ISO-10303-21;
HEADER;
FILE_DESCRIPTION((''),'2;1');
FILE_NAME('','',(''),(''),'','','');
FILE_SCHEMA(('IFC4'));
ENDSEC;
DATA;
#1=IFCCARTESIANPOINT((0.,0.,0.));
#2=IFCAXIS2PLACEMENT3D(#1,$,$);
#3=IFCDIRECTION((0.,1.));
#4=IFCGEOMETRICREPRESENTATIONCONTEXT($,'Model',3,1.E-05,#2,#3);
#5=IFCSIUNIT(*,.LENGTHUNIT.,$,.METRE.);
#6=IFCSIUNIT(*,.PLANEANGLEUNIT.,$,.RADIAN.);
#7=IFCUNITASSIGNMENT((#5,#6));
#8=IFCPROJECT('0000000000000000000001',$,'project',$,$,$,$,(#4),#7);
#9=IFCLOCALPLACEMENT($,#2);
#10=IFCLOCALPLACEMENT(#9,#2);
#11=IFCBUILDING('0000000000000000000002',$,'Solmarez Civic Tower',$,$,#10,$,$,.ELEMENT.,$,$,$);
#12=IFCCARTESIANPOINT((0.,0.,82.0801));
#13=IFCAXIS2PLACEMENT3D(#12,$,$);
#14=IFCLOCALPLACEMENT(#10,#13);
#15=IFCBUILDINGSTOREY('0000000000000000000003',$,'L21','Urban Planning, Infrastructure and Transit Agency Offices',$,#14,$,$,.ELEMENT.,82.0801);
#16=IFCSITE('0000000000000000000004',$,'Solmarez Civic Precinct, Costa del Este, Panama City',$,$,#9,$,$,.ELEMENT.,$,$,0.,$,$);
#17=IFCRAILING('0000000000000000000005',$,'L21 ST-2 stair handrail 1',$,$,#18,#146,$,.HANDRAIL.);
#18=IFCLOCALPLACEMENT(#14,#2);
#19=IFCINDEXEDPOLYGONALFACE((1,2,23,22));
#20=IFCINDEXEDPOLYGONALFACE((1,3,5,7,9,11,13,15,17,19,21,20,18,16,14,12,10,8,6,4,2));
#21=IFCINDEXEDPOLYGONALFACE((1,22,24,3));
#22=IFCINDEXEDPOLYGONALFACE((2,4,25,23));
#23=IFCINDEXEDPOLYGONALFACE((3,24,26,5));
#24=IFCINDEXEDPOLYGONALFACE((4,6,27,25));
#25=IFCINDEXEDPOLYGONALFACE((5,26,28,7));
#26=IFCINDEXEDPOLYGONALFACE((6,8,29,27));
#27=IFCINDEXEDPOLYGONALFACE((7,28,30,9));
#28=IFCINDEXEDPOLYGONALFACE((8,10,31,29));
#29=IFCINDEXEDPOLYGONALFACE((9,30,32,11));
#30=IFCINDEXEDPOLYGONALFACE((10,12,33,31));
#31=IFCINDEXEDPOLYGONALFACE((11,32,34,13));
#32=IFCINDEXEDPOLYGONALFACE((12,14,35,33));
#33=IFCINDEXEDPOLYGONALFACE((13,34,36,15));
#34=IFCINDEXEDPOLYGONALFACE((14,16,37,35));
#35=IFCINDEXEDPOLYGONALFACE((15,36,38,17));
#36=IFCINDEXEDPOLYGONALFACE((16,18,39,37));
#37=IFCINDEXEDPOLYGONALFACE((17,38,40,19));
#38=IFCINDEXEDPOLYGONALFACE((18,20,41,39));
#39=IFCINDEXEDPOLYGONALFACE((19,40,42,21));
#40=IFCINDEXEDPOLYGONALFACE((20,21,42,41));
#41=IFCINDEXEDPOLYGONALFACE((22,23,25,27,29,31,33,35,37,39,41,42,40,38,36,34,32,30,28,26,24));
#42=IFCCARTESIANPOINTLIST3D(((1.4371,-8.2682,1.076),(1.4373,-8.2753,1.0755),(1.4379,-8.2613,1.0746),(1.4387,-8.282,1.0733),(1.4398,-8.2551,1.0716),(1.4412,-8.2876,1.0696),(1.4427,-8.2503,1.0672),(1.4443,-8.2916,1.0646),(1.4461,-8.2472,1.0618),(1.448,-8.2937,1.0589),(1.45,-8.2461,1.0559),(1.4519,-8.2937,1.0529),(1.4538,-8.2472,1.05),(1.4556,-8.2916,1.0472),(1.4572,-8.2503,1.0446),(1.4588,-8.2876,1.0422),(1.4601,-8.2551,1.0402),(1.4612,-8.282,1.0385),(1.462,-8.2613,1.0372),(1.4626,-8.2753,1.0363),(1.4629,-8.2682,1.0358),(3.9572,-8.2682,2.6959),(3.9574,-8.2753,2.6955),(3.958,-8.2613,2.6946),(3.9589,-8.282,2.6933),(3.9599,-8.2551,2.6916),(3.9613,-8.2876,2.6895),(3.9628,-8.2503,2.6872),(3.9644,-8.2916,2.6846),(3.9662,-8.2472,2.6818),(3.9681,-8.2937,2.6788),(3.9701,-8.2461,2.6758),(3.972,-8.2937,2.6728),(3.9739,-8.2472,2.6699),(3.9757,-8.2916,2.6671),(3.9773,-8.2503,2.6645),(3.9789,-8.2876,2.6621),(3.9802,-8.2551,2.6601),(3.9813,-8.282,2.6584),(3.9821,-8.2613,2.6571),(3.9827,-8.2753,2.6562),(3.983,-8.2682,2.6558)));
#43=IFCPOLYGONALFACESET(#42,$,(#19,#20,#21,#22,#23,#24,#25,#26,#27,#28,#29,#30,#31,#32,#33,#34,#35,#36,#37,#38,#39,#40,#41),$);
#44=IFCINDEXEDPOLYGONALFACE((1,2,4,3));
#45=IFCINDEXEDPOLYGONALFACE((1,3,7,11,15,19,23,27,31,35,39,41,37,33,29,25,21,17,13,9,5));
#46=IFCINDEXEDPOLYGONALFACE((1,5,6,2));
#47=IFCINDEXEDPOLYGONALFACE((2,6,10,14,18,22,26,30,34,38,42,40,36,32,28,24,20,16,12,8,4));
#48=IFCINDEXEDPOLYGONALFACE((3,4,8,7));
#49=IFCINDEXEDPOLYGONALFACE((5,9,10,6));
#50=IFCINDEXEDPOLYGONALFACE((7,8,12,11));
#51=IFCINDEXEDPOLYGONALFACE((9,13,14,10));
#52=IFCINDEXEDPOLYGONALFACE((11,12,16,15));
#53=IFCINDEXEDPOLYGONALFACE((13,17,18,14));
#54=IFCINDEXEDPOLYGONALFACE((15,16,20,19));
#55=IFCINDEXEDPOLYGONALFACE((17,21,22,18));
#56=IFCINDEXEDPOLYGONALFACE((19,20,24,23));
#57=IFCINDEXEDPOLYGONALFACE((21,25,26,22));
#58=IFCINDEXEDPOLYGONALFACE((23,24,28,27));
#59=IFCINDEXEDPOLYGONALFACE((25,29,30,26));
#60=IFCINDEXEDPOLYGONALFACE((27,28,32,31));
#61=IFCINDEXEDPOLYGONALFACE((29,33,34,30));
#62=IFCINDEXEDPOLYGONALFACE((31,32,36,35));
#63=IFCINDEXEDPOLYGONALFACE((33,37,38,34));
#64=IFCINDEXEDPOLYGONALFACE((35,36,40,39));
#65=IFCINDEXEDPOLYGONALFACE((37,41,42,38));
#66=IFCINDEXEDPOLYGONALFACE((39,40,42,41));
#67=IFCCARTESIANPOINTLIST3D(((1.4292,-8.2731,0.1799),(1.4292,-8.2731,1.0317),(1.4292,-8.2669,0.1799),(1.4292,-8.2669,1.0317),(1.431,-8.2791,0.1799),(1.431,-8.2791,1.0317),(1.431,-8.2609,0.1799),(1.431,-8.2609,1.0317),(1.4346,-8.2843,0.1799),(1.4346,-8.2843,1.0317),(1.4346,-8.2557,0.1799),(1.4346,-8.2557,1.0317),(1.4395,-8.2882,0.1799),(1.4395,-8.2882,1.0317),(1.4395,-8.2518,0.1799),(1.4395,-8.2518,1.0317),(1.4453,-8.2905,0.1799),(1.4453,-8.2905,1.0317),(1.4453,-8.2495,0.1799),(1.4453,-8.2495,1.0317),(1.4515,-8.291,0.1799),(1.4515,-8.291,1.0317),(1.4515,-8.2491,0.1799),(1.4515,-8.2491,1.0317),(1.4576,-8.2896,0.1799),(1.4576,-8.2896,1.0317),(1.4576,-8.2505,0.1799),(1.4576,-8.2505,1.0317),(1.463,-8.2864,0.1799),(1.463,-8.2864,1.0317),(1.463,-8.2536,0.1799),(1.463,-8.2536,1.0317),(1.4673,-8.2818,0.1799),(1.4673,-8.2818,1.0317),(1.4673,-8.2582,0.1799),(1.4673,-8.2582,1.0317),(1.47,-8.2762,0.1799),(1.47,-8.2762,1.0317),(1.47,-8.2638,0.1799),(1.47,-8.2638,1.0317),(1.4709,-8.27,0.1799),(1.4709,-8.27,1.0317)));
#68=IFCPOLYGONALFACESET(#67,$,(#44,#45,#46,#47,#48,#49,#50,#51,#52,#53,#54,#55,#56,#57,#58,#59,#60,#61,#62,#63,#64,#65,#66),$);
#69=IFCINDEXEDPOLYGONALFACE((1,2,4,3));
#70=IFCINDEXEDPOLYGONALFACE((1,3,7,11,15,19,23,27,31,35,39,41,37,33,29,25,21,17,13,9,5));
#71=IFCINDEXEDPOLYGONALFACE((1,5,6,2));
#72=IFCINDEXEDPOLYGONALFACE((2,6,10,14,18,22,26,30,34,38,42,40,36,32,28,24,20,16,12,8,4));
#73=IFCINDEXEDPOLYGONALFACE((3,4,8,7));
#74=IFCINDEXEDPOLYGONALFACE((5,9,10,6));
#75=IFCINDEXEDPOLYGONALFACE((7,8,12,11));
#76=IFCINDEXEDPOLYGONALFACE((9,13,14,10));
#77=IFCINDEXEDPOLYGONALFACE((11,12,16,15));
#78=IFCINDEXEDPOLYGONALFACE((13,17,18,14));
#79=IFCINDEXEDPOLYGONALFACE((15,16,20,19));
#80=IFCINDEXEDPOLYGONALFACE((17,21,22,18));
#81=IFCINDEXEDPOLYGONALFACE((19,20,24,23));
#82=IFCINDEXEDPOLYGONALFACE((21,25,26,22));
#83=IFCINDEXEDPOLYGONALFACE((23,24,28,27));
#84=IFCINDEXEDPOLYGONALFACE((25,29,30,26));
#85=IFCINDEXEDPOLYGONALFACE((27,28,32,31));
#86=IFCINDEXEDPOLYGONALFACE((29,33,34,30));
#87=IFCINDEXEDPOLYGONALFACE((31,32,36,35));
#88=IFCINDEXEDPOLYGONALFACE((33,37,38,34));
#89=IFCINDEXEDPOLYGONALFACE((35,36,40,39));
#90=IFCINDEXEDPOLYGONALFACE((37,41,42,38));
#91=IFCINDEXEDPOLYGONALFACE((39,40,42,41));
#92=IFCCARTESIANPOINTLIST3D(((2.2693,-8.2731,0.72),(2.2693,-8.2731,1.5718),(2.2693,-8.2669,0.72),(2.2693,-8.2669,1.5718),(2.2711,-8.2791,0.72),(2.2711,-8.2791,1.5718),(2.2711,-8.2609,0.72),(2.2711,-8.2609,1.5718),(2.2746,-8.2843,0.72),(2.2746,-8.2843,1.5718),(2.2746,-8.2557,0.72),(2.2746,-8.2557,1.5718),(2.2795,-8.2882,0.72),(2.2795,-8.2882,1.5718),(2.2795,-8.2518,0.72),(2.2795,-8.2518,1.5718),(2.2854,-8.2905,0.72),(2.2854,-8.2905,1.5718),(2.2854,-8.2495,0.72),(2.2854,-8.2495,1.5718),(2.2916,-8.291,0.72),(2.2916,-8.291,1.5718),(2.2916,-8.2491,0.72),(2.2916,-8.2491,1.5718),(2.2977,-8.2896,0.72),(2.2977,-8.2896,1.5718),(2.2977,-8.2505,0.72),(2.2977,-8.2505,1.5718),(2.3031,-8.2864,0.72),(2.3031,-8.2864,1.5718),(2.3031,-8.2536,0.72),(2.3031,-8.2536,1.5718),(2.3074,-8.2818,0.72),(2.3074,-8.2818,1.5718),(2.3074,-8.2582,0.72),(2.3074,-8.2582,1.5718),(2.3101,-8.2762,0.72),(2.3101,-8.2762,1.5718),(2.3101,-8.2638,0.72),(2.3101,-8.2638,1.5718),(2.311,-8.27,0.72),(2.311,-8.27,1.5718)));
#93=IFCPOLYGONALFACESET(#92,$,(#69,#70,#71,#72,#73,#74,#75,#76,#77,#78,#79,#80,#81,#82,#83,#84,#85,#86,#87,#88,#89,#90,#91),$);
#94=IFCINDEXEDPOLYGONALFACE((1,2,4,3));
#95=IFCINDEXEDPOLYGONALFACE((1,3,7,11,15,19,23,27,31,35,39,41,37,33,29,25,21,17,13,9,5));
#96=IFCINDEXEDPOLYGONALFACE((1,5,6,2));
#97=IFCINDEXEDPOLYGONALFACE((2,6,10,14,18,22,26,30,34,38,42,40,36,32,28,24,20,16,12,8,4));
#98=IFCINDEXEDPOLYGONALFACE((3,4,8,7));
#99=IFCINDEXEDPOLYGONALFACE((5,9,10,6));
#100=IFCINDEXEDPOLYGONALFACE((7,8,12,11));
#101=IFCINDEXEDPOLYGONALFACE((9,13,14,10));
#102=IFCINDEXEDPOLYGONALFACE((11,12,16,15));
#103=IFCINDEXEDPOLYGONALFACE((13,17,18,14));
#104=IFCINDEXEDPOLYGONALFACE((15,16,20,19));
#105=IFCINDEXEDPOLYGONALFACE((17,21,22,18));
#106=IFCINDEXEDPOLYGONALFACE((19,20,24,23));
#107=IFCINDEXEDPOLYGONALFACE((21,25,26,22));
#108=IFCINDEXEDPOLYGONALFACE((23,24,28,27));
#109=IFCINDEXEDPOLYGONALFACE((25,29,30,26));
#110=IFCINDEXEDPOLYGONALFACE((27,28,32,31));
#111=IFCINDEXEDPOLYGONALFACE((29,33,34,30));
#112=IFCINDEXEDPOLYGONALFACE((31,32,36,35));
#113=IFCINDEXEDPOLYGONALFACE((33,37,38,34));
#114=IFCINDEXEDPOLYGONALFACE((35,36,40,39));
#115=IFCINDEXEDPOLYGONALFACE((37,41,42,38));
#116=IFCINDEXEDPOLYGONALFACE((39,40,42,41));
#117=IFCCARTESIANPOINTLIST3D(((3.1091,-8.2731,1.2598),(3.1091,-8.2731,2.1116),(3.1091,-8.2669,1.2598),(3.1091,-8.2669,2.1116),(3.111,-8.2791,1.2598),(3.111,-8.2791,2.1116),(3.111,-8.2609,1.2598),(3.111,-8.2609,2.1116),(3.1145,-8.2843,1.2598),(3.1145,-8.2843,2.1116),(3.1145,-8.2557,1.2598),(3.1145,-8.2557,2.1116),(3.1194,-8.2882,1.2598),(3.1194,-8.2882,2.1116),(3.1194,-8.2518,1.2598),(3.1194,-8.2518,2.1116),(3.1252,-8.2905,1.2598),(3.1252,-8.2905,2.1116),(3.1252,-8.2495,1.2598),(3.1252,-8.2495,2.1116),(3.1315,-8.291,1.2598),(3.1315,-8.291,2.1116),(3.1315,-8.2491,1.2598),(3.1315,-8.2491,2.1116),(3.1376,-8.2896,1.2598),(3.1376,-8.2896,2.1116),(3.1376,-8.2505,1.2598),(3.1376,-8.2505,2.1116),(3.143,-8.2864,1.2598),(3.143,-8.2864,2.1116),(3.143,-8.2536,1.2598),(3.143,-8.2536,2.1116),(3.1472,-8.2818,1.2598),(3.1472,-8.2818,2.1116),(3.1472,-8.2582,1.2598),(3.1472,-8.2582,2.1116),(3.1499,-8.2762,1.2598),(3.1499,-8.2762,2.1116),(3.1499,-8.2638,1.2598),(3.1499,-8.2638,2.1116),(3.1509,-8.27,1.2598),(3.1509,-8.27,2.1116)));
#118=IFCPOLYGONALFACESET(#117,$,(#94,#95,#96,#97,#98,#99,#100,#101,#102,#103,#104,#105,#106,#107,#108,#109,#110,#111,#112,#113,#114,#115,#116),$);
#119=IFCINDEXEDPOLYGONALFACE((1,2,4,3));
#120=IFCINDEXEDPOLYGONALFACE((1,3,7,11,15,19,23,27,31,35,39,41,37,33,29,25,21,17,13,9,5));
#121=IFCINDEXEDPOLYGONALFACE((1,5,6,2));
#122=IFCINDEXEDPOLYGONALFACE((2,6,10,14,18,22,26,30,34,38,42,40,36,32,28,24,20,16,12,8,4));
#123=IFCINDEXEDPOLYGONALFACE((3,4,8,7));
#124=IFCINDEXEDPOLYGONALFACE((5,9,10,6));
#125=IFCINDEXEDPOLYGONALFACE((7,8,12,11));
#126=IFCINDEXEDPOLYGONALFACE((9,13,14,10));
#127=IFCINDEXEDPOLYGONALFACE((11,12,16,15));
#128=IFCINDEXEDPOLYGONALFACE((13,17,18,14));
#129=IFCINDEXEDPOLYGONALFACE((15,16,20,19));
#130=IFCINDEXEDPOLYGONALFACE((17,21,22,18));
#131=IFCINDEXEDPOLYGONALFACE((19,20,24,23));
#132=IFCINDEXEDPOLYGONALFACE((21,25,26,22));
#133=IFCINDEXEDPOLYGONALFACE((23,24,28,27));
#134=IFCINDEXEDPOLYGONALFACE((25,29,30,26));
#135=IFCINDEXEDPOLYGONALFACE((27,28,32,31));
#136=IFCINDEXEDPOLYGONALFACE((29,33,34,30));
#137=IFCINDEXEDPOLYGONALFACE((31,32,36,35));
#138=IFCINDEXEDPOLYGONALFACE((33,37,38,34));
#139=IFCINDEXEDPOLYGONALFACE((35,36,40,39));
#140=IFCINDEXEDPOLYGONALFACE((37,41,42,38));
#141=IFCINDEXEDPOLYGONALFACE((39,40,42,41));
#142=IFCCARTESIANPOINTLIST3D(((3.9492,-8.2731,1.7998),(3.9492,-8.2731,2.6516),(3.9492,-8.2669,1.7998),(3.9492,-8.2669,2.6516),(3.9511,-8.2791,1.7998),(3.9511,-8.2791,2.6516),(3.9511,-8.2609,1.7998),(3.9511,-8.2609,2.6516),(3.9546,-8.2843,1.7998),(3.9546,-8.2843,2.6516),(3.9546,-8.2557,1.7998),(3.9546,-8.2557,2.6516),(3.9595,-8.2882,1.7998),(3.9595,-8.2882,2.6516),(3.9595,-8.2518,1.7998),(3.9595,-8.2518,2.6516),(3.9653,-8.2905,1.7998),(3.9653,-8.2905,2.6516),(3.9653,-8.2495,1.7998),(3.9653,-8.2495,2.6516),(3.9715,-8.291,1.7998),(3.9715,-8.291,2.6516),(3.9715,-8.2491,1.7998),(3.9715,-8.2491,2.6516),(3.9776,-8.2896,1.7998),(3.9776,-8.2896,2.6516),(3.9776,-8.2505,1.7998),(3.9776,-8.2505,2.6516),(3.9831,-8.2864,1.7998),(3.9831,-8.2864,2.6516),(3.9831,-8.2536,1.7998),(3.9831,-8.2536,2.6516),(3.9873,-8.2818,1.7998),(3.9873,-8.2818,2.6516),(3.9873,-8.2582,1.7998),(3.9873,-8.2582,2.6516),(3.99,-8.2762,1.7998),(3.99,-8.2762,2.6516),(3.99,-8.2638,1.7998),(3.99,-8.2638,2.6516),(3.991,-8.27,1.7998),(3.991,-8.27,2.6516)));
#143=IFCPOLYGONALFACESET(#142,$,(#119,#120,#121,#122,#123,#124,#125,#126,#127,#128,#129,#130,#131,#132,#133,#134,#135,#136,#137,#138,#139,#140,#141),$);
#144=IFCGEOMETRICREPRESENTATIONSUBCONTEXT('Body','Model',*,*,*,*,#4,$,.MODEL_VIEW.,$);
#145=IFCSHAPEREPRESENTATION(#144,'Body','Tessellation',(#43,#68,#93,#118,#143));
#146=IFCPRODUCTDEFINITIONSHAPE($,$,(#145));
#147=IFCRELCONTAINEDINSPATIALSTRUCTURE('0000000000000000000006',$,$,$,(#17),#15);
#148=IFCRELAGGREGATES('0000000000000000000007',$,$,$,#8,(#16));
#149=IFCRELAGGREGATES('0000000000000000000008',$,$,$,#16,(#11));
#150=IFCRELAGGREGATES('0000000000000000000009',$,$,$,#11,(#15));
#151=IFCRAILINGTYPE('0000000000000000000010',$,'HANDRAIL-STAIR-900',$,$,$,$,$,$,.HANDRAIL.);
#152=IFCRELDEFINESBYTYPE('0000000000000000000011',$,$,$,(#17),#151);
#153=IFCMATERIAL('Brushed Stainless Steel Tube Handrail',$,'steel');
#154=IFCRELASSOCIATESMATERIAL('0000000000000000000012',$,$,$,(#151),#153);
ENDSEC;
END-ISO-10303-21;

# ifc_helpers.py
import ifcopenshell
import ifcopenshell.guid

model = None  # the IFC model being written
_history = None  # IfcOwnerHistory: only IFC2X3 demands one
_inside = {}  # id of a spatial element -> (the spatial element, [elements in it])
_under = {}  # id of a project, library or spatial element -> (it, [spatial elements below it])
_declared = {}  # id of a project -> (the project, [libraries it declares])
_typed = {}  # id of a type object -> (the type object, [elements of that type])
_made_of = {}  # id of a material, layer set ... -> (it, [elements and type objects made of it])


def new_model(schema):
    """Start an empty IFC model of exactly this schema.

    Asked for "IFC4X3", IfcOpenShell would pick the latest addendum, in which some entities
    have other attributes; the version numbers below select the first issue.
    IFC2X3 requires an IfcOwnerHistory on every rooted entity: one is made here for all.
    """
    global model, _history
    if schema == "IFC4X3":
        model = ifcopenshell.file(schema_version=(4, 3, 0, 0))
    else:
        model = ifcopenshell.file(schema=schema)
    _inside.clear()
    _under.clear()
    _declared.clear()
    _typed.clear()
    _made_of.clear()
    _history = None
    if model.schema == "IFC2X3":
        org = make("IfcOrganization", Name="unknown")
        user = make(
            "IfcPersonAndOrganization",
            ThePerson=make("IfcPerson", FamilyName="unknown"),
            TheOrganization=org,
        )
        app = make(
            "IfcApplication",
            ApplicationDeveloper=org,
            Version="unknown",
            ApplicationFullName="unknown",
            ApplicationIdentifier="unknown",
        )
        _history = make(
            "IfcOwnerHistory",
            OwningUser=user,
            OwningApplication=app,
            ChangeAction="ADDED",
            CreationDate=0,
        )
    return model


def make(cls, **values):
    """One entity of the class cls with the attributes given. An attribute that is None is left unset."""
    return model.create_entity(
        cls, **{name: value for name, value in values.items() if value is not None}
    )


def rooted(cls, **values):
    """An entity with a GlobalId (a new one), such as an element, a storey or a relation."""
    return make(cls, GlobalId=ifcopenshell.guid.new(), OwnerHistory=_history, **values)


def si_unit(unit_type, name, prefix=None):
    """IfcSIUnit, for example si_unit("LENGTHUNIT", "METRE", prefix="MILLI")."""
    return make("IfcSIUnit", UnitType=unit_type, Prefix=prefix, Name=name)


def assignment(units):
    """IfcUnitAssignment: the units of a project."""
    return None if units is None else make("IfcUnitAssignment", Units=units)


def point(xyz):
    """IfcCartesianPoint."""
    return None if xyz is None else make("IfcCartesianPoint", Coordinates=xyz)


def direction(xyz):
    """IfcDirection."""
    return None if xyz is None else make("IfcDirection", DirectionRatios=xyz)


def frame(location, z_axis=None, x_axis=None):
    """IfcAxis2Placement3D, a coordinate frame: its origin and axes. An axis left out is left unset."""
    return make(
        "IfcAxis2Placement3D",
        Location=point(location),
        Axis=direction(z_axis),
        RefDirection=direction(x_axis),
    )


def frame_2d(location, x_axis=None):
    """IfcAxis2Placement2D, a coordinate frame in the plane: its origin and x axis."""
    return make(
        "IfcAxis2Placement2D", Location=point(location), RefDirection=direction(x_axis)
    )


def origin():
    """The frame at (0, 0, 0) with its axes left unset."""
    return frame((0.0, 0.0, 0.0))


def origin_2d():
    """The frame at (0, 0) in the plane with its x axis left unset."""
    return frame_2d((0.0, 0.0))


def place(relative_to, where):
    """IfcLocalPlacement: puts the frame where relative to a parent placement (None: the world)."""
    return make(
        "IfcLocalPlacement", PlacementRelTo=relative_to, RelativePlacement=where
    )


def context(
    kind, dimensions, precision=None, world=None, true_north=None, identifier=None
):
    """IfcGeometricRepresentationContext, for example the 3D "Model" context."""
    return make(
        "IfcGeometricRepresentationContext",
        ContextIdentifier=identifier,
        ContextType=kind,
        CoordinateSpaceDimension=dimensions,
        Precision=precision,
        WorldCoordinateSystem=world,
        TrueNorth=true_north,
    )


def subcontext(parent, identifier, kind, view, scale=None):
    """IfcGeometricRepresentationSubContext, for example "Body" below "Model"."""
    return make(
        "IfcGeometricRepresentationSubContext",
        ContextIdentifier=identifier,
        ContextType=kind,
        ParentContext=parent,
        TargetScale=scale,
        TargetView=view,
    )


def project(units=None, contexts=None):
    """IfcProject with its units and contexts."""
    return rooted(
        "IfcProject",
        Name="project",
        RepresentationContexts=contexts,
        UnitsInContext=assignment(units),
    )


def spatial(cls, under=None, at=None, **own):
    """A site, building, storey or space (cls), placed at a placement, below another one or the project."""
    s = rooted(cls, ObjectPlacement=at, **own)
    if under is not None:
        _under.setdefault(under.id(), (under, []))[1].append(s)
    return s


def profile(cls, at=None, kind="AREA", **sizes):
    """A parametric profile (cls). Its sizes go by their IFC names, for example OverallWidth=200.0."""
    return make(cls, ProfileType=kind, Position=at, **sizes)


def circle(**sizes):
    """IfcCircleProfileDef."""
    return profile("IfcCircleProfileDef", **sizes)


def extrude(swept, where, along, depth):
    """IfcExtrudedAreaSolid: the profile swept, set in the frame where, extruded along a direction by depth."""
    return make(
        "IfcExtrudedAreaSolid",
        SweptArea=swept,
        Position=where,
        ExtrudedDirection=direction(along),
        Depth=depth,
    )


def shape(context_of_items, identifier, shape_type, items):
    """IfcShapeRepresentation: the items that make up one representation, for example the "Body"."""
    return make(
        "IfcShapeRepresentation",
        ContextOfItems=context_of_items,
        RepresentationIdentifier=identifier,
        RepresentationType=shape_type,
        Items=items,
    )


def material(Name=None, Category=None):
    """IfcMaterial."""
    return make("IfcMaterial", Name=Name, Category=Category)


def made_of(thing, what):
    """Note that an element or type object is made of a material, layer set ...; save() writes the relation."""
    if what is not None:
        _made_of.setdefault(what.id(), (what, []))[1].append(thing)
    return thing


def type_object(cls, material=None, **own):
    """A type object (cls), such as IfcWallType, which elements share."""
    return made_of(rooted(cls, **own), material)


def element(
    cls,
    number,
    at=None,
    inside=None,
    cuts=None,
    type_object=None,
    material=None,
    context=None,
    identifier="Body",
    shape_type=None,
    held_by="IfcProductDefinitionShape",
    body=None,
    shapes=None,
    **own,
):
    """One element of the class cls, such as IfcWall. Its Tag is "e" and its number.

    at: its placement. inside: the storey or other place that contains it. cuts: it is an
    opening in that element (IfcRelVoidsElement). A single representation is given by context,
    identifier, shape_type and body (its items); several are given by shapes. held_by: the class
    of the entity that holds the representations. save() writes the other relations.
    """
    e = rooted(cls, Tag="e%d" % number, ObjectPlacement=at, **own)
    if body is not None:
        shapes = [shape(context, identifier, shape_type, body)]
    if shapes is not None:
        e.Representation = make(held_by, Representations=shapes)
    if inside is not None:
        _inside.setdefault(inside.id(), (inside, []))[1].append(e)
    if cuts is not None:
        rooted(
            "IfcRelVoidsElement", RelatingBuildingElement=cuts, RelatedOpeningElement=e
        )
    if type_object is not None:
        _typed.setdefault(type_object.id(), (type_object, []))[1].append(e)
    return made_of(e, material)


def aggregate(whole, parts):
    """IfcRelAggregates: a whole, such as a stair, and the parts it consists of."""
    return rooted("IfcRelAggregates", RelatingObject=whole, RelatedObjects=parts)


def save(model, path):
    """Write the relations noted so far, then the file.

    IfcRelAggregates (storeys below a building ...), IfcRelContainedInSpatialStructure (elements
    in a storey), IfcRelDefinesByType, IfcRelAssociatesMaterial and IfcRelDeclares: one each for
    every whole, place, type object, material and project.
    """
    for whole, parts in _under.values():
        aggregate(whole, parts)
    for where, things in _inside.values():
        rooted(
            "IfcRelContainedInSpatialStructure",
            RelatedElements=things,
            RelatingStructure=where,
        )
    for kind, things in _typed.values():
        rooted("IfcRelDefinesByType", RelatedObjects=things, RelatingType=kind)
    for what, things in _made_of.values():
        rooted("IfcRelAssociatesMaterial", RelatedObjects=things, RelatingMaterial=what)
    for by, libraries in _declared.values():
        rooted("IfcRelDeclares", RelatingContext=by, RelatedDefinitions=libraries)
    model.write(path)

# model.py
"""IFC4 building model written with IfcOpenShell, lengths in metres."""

from ifc_helpers import new_model, si_unit, direction, frame, origin, origin_2d, place, context, subcontext, project, spatial, circle, extrude, material, type_object, element, save


model = new_model("IFC4")

# Units and contexts
model_context = context("Model", 3, precision=1e-05, world=origin(), true_north=direction((0.0, 1.0)))
body_context = subcontext(model_context, "Body", "Model", "MODEL_VIEW")
ifc_project = project(units=[si_unit("LENGTHUNIT", "METRE"), si_unit("PLANEANGLEUNIT", "RADIAN")], contexts=[model_context])

# Site, building, storey
site_placement = place(None, origin())
site = spatial("IfcSite", under=ifc_project, at=site_placement, Name="Solmarez Civic Precinct, Costa del Este, Panama City", CompositionType="ELEMENT", RefElevation=0.0)
building_placement = place(site_placement, origin())
building = spatial("IfcBuilding", under=site, at=building_placement, Name="Solmarez Civic Tower", CompositionType="ELEMENT")
storey_placement = place(building_placement, frame((0.0, 0.0, 82.0801)))
storey = spatial("IfcBuildingStorey", under=building, at=storey_placement, Name="L21", Description="Urban Planning, Infrastructure and Transit Agency Offices", CompositionType="ELEMENT", Elevation=82.0801)

# Railing
ifc_material_1 = material(Name="Brushed Stainless Steel Tube Handrail", Category="steel")
railing_type = type_object("IfcRailingType", Name="HANDRAIL-STAIR-900", PredefinedType="HANDRAIL", material=ifc_material_1)
railing_placement = place(storey_placement, frame((1.45, -8.27, 0.1799)))
element("IfcRailing", 1, at=railing_placement, inside=storey, type_object=railing_type, Name="L21 ST-2 stair handrail 1", PredefinedType="HANDRAIL", context=body_context, shape_type="SweptSolid", body=[
    extrude(circle(Radius=0.0239, at=origin_2d()), frame((0.0, 0.0, 0.876), z_axis=(0.8412, 0.0, 0.540725), x_axis=(0.0, 1.0, 0.0)), (0.0, 0.0, 1.0), 2.9958),
    extrude(circle(Radius=0.021, at=origin_2d()), origin(), (0.0, 0.0, 1.0), 0.8518),
    extrude(circle(Radius=0.021, at=origin_2d()), frame((0.8401, 0.0, 0.54)), (0.0, 0.0, 1.0), 0.8518),
    extrude(circle(Radius=0.021, at=origin_2d()), frame((1.6799, 0.0, 1.0798)), (0.0, 0.0, 1.0), 0.8518),
    extrude(circle(Radius=0.021, at=origin_2d()), frame((2.52, 0.0, 1.6199)), (0.0, 0.0, 1.0), 0.8518),
])

save(model, "model.ifc")
